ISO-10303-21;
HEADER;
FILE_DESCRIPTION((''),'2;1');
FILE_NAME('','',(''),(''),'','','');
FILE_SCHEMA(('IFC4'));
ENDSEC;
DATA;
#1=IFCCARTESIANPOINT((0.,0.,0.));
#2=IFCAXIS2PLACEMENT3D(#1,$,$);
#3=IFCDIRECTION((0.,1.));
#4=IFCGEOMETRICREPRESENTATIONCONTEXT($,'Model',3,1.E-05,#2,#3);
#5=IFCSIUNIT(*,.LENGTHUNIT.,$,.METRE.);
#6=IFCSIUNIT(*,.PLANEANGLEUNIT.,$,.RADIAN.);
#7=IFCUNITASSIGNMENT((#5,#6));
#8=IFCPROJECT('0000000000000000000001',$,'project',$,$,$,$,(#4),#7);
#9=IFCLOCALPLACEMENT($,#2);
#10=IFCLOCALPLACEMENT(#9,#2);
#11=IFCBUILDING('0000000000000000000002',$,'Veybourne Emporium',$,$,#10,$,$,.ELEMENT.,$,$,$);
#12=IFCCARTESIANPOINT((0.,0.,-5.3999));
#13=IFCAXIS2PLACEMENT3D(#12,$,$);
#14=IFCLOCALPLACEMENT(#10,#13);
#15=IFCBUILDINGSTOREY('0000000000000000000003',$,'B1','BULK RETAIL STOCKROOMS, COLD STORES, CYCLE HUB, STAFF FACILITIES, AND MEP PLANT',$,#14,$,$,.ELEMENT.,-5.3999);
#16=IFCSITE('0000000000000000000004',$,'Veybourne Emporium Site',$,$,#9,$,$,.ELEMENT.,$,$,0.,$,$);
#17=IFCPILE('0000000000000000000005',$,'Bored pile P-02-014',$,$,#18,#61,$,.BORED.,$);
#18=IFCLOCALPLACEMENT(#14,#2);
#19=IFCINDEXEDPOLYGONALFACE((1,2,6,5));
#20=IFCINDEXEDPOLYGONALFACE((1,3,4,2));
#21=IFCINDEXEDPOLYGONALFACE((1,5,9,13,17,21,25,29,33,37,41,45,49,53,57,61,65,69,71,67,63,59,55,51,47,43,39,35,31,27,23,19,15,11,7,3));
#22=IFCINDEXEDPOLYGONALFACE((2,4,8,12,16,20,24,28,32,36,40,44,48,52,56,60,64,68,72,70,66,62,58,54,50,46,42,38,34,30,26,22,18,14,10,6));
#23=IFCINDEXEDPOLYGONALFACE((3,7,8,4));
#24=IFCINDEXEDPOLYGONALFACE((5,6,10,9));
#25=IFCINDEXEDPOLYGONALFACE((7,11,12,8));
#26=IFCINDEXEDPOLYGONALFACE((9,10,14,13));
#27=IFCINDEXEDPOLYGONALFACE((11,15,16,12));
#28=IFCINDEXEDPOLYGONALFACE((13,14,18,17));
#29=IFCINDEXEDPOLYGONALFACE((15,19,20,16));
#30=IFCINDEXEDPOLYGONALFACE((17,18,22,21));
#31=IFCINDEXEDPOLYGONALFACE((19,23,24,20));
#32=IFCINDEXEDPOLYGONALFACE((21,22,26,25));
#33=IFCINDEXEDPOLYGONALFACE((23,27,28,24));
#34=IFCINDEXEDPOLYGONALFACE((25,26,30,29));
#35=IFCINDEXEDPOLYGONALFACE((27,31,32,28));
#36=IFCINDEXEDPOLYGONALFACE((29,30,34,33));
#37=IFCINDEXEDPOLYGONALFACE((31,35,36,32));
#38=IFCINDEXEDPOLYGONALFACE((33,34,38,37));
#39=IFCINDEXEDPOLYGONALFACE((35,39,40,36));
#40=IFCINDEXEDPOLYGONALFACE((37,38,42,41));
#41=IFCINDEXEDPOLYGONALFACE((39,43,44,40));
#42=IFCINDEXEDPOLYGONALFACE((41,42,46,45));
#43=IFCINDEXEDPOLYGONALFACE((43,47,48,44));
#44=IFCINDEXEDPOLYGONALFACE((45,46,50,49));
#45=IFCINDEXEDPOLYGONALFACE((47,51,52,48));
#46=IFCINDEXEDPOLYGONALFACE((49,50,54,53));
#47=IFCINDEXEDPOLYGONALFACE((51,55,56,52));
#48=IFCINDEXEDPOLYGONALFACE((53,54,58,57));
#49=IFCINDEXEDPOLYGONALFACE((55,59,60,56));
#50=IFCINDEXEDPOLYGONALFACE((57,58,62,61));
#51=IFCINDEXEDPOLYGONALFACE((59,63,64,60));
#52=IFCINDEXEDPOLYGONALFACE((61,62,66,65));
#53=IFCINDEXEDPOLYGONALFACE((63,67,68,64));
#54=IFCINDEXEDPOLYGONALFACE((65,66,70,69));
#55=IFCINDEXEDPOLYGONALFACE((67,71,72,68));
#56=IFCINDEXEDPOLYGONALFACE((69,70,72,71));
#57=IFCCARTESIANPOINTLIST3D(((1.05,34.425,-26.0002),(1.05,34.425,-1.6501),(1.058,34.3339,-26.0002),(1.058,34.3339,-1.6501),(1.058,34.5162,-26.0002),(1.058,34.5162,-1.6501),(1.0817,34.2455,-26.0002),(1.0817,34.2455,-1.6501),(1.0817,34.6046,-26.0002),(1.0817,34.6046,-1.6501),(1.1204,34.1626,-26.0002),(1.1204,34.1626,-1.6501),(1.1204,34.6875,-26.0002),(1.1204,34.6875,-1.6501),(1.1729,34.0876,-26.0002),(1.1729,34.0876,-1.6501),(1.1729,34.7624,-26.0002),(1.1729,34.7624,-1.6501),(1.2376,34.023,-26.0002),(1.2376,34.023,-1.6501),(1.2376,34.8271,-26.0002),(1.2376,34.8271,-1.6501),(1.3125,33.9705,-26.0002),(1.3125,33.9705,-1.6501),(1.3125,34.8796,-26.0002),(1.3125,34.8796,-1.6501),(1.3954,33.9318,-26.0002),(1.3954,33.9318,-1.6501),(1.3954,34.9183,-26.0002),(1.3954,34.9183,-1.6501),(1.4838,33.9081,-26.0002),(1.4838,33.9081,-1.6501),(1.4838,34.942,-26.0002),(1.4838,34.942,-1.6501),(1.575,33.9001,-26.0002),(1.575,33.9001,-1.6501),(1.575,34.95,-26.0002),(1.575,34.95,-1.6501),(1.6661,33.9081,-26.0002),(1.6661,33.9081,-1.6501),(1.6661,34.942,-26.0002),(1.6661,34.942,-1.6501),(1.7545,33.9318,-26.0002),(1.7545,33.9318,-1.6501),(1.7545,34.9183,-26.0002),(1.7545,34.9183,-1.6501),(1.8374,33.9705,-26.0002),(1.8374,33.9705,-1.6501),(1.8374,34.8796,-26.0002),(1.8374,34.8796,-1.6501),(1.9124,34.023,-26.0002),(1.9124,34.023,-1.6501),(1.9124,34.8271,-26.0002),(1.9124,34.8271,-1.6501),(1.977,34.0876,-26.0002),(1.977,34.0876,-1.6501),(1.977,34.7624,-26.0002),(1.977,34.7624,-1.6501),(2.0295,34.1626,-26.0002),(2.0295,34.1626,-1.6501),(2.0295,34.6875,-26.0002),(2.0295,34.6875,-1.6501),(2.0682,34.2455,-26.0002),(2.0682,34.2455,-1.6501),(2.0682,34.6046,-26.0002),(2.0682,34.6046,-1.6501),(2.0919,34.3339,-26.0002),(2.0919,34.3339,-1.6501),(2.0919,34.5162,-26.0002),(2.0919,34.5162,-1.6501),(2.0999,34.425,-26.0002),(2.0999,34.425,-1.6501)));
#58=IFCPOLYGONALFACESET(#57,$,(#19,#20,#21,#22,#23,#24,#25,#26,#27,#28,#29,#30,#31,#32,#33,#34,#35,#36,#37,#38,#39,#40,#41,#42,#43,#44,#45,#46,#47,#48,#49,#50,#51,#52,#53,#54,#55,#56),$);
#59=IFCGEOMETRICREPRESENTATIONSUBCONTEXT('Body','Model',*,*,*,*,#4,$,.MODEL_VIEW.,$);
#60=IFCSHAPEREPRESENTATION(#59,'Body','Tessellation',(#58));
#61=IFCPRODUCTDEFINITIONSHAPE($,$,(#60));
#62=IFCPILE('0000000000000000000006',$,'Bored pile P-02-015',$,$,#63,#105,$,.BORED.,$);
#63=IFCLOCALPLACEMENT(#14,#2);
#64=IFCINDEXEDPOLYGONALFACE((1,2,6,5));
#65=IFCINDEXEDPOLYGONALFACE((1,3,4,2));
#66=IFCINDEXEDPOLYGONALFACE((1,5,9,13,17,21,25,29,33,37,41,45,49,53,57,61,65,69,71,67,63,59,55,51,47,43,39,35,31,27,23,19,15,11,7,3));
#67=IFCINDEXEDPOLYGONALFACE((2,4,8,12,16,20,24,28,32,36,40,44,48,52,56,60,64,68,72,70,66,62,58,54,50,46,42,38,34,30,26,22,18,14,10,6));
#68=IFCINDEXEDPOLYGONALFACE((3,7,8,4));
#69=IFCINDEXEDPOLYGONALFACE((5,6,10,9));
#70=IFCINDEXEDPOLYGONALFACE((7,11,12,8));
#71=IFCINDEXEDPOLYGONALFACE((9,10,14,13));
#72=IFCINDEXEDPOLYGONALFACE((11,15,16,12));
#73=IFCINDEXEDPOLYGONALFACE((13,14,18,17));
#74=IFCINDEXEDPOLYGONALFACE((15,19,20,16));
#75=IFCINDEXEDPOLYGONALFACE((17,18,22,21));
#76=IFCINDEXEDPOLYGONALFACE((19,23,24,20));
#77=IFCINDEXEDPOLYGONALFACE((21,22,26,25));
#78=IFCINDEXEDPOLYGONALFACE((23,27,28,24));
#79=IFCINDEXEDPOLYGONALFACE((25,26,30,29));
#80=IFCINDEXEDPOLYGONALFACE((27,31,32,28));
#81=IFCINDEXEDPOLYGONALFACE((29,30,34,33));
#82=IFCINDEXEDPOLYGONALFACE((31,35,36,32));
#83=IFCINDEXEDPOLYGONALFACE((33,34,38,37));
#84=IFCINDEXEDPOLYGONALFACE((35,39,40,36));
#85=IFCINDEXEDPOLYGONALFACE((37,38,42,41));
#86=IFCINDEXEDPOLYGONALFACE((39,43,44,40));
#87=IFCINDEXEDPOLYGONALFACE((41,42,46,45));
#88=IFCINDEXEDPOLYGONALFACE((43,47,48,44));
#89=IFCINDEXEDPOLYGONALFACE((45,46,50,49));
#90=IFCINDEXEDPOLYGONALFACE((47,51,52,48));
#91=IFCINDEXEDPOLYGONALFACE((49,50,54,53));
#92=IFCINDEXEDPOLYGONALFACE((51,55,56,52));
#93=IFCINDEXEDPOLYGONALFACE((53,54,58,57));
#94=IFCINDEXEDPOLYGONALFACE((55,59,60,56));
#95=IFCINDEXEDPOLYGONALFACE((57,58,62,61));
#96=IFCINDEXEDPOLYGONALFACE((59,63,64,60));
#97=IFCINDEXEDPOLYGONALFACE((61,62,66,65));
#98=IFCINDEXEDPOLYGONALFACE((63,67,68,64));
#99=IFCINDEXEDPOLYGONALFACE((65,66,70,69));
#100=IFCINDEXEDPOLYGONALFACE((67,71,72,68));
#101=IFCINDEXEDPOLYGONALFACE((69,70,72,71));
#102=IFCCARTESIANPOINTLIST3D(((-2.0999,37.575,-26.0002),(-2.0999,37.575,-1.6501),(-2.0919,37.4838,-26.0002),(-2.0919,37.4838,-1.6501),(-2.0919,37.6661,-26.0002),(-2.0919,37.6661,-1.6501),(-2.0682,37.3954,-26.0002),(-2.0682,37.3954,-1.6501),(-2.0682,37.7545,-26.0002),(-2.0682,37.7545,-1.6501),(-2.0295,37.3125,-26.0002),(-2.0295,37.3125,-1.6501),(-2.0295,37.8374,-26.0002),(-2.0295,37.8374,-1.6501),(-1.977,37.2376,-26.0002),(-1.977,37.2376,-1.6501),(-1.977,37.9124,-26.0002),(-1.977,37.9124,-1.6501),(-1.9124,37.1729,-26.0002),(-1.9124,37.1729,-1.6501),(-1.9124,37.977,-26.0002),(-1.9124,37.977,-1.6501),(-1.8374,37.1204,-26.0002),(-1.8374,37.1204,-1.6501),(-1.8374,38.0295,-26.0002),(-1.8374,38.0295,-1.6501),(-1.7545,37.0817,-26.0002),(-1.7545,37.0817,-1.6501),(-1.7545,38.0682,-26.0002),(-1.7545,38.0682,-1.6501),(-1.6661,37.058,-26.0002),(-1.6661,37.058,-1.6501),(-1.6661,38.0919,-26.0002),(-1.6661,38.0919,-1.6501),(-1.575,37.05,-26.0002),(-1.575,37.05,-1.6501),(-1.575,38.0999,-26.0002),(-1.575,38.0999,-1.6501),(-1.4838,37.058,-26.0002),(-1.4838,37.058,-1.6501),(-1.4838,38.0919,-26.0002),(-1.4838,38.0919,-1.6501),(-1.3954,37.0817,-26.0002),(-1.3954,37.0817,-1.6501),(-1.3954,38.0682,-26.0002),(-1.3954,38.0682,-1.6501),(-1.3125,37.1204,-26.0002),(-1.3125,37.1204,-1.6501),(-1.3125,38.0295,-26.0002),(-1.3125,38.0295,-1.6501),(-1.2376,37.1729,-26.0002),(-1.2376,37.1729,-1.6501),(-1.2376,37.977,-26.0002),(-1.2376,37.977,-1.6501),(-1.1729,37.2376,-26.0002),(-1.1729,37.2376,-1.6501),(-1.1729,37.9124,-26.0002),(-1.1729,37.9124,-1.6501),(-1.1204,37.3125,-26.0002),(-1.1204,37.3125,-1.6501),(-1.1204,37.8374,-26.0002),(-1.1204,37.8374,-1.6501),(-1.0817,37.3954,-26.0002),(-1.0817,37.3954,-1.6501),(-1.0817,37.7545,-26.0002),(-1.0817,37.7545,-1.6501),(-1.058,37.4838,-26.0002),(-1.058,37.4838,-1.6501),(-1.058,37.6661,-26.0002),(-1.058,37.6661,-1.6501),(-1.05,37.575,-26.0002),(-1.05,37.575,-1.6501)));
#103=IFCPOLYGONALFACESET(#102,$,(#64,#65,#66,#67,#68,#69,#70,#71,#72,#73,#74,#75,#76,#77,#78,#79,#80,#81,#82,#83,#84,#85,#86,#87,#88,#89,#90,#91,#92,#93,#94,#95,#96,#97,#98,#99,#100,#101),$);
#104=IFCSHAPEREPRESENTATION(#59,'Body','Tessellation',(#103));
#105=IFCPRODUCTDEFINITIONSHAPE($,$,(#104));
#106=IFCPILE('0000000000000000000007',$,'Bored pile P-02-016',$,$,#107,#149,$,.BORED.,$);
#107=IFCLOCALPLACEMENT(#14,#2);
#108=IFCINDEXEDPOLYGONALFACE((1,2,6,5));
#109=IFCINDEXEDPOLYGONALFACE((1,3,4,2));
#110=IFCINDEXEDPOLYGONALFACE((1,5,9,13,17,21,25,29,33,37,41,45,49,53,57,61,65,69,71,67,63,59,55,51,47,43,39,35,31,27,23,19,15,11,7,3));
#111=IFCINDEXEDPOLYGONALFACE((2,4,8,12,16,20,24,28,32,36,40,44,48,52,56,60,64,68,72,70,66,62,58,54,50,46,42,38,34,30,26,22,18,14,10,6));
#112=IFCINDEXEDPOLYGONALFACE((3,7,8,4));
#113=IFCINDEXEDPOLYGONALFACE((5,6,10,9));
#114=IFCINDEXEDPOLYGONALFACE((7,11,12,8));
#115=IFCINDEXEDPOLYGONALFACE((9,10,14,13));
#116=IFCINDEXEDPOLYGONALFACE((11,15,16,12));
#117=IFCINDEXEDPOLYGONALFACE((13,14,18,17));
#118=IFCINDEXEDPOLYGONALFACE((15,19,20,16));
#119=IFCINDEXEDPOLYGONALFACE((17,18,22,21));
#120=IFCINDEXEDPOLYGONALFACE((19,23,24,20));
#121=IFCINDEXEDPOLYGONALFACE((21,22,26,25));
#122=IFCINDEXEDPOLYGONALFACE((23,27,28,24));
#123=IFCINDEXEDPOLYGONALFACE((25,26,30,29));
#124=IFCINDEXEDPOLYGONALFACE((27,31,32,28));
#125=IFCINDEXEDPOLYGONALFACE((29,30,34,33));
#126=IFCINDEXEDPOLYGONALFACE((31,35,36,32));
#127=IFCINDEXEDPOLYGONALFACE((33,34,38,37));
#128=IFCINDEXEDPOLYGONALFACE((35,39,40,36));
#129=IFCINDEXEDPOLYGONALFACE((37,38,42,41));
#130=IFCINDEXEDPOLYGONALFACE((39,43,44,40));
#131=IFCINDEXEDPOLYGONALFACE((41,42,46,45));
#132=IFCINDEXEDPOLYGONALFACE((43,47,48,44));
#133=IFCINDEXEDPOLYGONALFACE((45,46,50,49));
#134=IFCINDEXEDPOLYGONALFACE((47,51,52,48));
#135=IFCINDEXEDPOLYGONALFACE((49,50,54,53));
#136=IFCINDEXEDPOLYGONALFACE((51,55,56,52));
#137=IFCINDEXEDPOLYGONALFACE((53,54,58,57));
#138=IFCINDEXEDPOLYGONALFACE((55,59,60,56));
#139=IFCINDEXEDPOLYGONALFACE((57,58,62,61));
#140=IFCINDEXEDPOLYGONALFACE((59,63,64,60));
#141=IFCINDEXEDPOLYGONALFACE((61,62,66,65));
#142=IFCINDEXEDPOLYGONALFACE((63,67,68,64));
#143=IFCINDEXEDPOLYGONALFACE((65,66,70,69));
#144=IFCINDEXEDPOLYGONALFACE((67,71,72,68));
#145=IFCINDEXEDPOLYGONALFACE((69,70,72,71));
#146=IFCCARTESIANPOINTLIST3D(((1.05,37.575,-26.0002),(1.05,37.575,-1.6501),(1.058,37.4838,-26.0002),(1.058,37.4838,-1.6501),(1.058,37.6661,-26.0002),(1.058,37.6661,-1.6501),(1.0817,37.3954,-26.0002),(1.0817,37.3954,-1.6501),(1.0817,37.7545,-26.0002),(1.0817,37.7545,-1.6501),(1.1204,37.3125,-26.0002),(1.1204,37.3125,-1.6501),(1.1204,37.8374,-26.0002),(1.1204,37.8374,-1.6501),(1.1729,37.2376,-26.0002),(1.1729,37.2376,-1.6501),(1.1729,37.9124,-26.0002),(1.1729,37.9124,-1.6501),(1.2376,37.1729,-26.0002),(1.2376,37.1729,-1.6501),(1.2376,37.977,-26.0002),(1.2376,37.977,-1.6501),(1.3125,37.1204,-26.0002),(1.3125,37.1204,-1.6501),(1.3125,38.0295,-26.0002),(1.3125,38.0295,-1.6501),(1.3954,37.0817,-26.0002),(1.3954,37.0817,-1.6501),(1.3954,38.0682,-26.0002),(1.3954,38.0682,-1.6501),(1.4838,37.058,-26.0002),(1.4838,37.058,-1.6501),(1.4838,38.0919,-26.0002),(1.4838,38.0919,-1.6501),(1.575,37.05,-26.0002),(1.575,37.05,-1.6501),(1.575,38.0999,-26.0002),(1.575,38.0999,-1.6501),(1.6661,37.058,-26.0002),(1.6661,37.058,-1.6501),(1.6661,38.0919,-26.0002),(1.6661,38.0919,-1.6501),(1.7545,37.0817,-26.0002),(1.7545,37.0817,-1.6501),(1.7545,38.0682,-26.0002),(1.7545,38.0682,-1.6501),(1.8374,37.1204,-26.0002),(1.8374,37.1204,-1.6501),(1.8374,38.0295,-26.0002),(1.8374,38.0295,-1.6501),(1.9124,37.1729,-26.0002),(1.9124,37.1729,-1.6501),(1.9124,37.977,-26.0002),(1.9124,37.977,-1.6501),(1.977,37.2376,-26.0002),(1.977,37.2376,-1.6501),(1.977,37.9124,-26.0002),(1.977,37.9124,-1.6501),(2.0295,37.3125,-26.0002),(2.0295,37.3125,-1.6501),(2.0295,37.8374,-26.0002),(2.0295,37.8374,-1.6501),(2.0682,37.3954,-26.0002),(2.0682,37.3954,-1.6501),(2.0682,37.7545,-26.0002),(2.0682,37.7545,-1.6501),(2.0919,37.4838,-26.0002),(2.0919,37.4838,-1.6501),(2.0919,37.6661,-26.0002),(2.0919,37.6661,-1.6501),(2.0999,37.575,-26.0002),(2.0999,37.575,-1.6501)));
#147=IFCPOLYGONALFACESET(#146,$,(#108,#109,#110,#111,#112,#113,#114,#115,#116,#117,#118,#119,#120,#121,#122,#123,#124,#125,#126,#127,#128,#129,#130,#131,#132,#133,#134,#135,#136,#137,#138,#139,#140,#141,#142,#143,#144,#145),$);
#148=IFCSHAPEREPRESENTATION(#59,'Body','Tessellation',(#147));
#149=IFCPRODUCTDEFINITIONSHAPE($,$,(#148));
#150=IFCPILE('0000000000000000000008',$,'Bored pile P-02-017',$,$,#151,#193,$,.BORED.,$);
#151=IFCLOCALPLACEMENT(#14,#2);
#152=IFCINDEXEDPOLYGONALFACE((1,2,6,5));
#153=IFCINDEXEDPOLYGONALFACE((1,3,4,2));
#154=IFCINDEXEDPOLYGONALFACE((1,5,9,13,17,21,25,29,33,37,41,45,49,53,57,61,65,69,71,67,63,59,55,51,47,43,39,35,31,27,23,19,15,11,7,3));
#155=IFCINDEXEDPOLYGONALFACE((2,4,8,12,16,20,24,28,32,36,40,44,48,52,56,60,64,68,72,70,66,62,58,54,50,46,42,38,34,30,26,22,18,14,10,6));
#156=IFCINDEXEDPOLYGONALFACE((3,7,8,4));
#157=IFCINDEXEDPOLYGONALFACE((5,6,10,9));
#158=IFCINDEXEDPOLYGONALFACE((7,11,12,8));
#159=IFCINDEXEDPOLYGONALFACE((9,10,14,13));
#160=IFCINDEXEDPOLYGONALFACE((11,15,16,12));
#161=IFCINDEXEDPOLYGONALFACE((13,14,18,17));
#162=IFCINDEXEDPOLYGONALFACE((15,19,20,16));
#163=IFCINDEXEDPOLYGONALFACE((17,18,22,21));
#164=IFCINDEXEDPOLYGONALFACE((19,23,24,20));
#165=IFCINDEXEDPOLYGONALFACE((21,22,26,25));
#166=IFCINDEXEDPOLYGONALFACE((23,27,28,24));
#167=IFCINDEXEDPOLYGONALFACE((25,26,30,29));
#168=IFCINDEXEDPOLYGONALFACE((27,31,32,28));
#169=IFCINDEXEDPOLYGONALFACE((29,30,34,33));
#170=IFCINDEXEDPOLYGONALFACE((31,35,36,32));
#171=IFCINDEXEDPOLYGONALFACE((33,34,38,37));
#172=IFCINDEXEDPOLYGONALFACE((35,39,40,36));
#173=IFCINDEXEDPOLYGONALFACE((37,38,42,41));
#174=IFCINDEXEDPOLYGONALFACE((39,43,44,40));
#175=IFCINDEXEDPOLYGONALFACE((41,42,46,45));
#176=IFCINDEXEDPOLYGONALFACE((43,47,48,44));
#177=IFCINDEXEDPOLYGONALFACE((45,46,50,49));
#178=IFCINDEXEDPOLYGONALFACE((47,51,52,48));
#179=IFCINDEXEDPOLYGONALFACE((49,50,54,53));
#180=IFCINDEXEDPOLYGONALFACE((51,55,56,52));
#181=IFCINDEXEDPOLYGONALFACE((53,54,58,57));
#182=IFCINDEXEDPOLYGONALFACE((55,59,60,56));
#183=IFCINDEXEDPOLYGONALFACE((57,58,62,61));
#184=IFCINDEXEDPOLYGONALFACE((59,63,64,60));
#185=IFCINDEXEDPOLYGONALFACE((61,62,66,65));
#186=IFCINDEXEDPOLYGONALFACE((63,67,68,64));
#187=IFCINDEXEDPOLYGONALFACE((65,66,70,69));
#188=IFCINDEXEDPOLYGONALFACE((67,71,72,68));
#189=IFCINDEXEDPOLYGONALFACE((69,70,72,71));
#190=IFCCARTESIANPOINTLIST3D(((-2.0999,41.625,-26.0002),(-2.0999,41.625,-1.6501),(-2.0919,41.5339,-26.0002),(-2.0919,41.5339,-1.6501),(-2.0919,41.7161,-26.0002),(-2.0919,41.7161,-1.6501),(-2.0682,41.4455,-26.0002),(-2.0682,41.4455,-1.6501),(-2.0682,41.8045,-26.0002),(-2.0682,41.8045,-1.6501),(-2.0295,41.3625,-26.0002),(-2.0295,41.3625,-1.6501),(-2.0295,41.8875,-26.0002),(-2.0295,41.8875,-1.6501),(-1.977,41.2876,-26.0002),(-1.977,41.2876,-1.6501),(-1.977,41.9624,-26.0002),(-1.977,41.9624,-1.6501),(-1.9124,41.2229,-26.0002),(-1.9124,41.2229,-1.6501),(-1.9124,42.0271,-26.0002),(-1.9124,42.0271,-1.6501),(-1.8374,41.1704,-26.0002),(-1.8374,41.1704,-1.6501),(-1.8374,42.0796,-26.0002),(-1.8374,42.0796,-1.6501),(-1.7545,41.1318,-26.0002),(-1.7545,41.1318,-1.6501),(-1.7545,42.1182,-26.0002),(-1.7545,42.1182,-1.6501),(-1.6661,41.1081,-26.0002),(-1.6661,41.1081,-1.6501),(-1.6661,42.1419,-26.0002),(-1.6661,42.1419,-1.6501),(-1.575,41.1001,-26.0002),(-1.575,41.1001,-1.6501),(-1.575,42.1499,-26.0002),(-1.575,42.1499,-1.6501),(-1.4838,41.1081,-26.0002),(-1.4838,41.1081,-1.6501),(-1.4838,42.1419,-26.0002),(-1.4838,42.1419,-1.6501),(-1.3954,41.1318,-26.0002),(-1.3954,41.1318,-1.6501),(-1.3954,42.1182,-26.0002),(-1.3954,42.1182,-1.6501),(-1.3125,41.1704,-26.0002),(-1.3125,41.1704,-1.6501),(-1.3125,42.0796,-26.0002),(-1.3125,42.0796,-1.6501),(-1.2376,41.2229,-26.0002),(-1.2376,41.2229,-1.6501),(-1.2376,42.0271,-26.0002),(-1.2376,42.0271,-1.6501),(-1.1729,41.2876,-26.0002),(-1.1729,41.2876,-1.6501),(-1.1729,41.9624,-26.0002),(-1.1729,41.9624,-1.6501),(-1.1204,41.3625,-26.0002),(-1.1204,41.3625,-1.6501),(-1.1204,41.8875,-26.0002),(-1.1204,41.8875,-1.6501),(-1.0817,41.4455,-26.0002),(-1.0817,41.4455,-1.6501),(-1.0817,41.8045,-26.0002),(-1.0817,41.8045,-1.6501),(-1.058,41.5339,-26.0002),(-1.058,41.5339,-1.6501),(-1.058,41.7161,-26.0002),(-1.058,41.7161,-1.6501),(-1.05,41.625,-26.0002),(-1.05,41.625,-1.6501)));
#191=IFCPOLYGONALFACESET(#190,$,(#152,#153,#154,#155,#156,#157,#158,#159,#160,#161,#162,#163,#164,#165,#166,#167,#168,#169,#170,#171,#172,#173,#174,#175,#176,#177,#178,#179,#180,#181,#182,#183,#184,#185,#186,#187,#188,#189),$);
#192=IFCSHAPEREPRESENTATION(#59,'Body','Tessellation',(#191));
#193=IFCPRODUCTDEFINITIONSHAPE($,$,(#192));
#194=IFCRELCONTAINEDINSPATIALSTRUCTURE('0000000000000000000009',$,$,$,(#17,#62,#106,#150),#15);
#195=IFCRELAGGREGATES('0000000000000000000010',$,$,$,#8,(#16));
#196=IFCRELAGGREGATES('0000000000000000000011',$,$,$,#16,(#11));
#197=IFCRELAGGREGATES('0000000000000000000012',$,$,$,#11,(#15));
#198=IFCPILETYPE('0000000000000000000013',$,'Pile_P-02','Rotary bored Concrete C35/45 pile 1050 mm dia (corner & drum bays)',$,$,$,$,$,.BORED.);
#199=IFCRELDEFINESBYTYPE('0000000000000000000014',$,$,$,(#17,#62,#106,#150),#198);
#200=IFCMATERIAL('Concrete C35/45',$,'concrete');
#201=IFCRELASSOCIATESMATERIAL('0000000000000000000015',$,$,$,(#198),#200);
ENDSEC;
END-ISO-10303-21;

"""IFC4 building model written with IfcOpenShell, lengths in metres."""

from ifc_helpers import new_model, si_unit, direction, frame, origin, origin_2d, place, context, subcontext, project, spatial, circle, extrude, material, material_profile, profile_set, type_object, element, save


model = new_model("IFC4")

# Units and contexts
model_context = context("Model", 3, precision=1e-05, world=origin(), true_north=direction((0.0, 1.0)))
body_context = subcontext(model_context, "Body", "Model", "MODEL_VIEW")
ifc_project = project(units=[si_unit("LENGTHUNIT", "METRE"), si_unit("PLANEANGLEUNIT", "RADIAN")], contexts=[model_context])

# Site, building, storey
site_placement = place(None, origin())
site = spatial("IfcSite", under=ifc_project, at=site_placement, Name="Veybourne Emporium Site", CompositionType="ELEMENT", RefElevation=0.0)
building_placement = place(site_placement, origin())
building = spatial("IfcBuilding", under=site, at=building_placement, Name="Veybourne Emporium", CompositionType="ELEMENT")
storey_placement = place(building_placement, frame((0.0, 0.0, -5.3999)))
storey = spatial("IfcBuildingStorey", under=building, at=storey_placement, Name="B1", Description="BULK RETAIL STOCKROOMS, COLD STORES, CYCLE HUB, STAFF FACILITIES, AND MEP PLANT", CompositionType="ELEMENT", Elevation=-5.3999)

# Shared definitions
ifc_material_1 = material(Name="Concrete C35/45", Category="concrete")

# Piles
ifc_material_profile_1 = material_profile(ifc_material_1, circle(Radius=0.5249, at=origin_2d()), Name="BORED PILE 1050")
ifc_profile_set_1 = profile_set([ifc_material_profile_1], Name="Concrete C35/45")
pile_type_1 = type_object("IfcPileType", Name="Pile_P-02", Description="Rotary bored Concrete C35/45 pile 1050 mm dia (corner & drum bays)", PredefinedType="BORED", material=ifc_profile_set_1)
for number, where, z_axis, x_axis, name in (
    (1, (1.575, 34.425, -1.6501), (0.0, 0.0, -1.0), (1.0, 0.0, 0.0), "Bored pile P-02-014"),
    (2, (-1.575, 37.575, -1.6501), (0.0, 0.0, -1.0), (1.0, 0.0, 0.0), "Bored pile P-02-015"),
    (3, (1.575, 37.575, -1.6501), (0.0, 0.0, -1.0), (1.0, 0.0, 0.0), "Bored pile P-02-016"),
    (4, (-1.575, 41.625, -1.6501), (0.0, 0.0, -1.0), (1.0, 0.0, 0.0), "Bored pile P-02-017"),
):
    element("IfcPile", number, at=place(storey_placement, frame(where, z_axis=z_axis, x_axis=x_axis)), inside=storey, type_object=pile_type_1, Name=name, PredefinedType="BORED", context=body_context, shape_type="SweptSolid", body=[
        extrude(circle(Radius=0.5249, at=origin_2d()), origin(), (0.0, 0.0, 1.0), 24.3501),
    ])

save(model, "model.ifc")
